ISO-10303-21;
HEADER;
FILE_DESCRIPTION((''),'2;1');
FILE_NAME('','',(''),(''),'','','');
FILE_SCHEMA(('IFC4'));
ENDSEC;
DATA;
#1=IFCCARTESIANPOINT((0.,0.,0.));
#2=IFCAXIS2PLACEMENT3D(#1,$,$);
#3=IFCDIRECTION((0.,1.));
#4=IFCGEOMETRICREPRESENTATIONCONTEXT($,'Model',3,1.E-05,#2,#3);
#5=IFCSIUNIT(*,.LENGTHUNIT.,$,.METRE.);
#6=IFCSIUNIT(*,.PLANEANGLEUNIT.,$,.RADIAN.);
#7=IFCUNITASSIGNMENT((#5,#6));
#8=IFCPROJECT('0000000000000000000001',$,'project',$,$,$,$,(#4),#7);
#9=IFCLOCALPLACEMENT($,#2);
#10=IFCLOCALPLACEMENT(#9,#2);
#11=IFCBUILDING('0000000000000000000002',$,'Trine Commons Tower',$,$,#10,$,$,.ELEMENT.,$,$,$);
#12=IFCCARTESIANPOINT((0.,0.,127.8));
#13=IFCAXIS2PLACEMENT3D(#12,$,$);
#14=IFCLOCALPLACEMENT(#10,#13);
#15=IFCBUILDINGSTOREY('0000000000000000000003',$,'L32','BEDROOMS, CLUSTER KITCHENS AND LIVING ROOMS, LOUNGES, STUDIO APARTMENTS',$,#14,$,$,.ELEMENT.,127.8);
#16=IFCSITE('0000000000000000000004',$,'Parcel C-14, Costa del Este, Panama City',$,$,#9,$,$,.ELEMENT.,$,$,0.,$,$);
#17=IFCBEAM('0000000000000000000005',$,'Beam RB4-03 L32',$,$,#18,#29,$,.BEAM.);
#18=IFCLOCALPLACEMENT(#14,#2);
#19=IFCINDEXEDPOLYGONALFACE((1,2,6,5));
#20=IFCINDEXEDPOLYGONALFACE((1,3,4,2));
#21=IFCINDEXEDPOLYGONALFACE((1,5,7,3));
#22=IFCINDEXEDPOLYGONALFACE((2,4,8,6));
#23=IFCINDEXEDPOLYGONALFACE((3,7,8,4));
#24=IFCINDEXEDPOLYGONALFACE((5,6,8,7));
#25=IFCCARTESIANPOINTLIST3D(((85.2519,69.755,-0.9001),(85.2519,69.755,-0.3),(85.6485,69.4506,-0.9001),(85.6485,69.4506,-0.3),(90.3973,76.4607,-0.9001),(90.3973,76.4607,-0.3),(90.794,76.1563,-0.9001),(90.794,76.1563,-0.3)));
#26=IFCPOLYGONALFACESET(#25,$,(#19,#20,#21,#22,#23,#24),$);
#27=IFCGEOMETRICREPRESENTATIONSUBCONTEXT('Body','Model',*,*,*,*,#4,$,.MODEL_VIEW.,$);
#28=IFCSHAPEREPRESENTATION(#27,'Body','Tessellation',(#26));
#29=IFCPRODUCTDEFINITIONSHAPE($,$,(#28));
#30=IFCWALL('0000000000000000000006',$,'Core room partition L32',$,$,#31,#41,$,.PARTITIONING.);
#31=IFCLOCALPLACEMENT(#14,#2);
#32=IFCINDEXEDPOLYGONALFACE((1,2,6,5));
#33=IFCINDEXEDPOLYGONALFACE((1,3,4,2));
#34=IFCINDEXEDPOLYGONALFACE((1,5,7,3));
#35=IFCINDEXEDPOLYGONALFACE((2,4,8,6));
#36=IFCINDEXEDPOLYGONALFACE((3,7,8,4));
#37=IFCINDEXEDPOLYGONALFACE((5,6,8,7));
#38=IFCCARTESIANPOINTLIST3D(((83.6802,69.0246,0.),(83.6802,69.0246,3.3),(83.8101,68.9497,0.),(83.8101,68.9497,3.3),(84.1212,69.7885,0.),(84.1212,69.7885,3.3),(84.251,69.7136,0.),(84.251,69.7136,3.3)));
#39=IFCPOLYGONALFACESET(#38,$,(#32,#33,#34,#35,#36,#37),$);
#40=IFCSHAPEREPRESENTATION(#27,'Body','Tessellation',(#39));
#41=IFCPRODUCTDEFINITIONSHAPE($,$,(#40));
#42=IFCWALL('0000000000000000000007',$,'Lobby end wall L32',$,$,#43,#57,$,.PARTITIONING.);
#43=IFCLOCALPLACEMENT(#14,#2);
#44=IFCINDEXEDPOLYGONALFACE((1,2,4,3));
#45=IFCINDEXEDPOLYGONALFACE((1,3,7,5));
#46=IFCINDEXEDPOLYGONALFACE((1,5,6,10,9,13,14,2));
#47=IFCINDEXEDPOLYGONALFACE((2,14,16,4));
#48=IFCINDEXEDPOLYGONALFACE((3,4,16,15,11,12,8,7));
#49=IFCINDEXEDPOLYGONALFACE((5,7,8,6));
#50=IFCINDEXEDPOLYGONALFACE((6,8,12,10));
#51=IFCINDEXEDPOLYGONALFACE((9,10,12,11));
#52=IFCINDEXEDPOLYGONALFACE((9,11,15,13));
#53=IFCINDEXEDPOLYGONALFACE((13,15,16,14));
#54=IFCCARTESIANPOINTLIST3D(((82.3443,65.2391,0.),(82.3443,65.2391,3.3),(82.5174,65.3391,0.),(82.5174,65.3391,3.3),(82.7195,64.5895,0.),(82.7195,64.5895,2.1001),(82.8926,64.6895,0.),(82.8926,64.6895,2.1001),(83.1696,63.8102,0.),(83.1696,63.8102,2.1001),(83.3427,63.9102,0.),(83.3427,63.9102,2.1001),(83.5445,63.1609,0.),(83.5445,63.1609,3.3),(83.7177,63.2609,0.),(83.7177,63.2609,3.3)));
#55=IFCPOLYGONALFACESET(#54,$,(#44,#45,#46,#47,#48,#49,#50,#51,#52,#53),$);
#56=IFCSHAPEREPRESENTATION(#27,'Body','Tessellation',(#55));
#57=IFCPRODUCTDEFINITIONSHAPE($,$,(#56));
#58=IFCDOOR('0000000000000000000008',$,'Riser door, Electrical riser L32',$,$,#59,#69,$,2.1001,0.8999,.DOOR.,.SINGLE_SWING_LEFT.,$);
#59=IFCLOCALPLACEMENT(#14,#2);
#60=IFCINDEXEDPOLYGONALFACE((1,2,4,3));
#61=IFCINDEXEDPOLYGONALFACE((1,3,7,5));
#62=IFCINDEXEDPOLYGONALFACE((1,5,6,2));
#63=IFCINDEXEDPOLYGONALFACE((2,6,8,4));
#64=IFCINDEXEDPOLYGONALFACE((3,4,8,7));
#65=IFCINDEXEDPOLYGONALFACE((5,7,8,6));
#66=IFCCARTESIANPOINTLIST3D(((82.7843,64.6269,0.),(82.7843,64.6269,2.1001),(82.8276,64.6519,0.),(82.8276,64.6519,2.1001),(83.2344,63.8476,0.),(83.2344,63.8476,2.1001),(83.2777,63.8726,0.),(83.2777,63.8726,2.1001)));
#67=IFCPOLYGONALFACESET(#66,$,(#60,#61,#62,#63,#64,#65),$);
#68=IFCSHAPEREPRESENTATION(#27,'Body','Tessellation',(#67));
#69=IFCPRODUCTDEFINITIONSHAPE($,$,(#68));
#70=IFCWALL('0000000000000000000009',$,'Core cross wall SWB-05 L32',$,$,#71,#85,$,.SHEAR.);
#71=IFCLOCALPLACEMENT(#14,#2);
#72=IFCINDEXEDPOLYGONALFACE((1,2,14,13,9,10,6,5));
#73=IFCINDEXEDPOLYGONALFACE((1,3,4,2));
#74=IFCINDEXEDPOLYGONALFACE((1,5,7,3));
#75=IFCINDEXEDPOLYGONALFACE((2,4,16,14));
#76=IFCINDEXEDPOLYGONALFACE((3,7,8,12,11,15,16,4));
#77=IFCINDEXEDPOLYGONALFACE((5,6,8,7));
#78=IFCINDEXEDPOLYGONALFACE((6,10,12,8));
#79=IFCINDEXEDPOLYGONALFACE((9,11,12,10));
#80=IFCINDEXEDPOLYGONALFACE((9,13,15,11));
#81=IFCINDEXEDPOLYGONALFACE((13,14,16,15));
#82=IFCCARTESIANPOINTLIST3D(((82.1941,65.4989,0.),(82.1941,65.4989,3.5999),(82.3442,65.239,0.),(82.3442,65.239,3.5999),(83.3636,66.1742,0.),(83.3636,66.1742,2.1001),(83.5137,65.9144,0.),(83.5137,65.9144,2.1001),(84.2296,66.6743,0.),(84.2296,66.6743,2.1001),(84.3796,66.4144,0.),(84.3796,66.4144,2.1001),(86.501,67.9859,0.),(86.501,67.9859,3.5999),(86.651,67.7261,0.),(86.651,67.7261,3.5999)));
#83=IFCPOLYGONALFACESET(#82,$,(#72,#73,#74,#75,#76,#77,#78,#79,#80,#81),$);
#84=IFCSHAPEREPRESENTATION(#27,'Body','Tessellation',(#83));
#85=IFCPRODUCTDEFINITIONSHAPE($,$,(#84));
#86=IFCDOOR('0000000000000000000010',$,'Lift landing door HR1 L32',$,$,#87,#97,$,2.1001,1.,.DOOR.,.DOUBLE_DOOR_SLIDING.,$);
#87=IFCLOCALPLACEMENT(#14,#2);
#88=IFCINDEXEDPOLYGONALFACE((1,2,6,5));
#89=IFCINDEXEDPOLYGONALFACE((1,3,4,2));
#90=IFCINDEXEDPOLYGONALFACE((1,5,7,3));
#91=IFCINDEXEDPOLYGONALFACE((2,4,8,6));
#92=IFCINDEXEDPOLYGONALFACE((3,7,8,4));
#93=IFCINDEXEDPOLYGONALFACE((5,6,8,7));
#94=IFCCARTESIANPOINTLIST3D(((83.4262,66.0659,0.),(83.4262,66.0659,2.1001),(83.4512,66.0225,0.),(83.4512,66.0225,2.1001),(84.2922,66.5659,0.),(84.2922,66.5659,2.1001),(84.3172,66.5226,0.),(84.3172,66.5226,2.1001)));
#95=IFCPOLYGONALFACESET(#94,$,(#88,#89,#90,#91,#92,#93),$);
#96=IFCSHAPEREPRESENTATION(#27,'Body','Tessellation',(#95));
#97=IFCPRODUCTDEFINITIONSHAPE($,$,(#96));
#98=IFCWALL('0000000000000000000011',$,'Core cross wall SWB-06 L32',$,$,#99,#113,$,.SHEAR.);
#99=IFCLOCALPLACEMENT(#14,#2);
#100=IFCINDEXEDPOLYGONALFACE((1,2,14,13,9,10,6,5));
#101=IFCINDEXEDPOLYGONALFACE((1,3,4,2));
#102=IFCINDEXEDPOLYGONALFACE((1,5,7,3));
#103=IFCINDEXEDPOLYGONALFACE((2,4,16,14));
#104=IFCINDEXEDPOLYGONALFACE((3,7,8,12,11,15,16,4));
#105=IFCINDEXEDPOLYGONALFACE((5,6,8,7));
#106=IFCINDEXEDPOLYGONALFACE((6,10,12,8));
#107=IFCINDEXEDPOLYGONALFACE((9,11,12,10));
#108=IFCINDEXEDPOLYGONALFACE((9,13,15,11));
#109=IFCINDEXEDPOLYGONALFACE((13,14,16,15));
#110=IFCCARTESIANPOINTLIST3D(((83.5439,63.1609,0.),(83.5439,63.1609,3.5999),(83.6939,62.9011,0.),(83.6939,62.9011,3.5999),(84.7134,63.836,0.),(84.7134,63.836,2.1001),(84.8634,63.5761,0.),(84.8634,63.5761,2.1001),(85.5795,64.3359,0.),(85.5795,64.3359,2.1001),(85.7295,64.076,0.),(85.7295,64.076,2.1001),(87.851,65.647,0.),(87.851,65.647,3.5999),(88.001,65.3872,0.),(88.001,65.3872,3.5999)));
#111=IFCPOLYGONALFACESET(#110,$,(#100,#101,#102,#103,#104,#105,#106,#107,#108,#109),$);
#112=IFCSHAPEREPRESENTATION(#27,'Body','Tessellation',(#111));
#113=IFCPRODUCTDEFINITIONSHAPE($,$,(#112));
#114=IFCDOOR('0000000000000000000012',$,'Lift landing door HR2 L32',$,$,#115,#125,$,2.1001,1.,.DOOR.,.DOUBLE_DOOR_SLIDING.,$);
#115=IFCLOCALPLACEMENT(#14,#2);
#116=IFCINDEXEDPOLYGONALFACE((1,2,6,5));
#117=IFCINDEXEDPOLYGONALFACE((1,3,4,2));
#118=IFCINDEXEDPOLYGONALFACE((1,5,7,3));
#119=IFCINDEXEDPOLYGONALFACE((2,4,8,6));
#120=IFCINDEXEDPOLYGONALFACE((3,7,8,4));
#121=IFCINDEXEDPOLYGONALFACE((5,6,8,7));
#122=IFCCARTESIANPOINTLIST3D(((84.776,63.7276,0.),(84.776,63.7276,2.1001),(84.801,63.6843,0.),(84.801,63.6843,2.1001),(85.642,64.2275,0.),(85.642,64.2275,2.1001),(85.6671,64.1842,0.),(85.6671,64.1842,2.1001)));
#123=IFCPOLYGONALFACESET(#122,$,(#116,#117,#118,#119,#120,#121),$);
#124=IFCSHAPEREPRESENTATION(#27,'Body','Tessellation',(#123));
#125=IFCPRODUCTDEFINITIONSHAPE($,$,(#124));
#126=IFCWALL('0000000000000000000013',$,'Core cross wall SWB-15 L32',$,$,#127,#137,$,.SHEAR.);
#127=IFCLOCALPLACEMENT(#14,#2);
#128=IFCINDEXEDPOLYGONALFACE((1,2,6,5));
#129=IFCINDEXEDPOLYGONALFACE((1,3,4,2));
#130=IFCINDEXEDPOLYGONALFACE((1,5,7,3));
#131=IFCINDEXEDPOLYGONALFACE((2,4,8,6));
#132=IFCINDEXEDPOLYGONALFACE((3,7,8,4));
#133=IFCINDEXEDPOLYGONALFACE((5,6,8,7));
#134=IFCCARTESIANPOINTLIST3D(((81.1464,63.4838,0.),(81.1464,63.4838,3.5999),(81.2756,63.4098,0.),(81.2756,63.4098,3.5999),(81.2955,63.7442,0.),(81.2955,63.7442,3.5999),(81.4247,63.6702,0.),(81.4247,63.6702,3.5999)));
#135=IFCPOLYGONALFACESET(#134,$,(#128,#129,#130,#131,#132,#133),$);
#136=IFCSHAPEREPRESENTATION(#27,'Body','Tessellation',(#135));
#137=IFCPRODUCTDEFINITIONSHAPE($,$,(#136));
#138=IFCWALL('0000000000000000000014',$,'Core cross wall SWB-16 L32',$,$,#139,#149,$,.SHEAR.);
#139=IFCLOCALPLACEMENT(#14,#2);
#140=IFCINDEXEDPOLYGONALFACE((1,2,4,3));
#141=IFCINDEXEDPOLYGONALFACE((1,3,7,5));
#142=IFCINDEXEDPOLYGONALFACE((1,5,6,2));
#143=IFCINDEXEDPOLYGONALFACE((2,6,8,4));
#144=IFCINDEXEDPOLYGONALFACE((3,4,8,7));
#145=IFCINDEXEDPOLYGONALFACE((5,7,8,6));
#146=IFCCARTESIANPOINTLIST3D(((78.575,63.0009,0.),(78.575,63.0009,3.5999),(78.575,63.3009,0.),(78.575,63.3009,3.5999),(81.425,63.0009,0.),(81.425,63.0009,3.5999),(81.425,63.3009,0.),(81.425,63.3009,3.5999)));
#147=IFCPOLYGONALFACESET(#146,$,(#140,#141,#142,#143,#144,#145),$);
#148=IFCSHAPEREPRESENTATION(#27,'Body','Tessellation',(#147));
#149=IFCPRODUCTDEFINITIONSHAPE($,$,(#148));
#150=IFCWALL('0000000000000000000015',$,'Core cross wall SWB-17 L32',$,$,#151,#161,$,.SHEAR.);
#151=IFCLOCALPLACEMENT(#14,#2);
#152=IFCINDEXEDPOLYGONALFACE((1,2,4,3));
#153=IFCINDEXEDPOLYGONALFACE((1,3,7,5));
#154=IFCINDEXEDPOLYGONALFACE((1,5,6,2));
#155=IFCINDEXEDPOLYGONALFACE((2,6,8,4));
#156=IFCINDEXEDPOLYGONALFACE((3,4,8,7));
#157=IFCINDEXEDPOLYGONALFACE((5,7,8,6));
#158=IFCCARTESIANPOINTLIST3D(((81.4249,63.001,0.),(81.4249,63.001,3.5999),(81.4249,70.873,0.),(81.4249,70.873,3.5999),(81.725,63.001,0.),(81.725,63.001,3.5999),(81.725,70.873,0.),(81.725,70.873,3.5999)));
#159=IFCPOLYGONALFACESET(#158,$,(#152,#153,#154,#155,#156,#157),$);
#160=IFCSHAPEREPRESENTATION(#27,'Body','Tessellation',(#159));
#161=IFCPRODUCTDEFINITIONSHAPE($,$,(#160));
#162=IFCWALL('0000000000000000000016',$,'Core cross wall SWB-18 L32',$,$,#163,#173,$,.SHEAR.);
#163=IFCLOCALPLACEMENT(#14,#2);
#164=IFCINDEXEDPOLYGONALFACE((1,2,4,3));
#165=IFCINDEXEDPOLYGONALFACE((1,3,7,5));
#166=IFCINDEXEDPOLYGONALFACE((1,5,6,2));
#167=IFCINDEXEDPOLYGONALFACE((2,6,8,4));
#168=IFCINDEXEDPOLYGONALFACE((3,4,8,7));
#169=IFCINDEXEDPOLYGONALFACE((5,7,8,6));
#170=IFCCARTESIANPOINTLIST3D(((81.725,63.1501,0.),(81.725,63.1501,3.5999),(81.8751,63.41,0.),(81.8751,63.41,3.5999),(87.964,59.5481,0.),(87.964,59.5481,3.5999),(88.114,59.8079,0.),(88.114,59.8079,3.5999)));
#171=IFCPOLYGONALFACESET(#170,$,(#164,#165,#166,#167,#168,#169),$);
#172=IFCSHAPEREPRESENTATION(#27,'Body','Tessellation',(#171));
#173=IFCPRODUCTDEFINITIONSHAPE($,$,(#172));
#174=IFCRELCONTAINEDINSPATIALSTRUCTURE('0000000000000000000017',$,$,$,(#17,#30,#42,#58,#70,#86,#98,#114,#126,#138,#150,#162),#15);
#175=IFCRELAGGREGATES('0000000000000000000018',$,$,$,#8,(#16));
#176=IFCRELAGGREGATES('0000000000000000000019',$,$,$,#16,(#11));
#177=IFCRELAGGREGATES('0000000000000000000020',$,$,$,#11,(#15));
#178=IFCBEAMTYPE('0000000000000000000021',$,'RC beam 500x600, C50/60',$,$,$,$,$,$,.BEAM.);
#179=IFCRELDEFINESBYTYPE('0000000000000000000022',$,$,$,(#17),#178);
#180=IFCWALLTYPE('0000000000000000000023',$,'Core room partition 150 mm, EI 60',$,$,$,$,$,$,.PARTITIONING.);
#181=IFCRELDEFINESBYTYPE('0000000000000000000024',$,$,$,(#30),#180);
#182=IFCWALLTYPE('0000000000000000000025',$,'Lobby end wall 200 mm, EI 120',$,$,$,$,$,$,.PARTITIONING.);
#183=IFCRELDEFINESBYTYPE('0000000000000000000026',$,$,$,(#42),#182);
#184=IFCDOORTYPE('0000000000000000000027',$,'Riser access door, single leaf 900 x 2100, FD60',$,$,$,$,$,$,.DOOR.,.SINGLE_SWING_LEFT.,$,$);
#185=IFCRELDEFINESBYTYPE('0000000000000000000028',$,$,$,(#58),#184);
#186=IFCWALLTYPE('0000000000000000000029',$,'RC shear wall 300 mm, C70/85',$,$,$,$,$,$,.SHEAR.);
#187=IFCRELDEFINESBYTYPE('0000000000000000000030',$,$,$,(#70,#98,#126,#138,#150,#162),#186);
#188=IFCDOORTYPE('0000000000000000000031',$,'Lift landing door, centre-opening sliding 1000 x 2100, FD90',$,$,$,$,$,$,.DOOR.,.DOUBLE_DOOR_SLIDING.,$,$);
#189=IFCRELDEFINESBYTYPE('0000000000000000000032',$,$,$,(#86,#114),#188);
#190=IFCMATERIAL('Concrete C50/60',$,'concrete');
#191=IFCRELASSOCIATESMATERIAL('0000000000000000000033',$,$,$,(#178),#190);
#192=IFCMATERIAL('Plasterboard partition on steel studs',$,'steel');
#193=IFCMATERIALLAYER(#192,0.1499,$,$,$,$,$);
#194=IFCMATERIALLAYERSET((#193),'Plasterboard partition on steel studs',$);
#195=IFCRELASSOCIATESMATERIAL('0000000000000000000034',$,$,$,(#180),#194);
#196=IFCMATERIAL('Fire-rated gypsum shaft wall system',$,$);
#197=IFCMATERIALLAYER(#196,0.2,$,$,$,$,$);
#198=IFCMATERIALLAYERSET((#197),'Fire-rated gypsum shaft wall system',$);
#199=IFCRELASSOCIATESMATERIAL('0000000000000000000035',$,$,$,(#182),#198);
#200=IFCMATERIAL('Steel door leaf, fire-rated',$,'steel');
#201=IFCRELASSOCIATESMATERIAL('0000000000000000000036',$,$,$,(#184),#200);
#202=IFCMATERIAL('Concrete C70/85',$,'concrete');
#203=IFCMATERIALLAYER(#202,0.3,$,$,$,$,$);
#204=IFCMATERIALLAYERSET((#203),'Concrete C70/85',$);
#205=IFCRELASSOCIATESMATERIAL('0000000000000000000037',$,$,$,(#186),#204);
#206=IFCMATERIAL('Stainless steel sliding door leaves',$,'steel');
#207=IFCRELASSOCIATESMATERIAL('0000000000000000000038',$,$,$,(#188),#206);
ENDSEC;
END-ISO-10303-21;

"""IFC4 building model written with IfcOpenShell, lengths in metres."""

from ifc_helpers import new_model, si_unit, direction, frame, frame_2d, origin, origin_2d, place, context, subcontext, project, spatial, rectangle, extrude, material, layer, layer_set, material_profile, profile_set, type_object, element, fill, save


model = new_model("IFC4")

# Units and contexts
model_context = context("Model", 3, precision=1e-05, world=origin(), true_north=direction((0.0, 1.0)))
body_context = subcontext(model_context, "Body", "Model", "MODEL_VIEW")
ifc_project = project(units=[si_unit("LENGTHUNIT", "METRE"), si_unit("PLANEANGLEUNIT", "RADIAN")], contexts=[model_context])

# Site, building, storey
site_placement = place(None, origin())
site = spatial("IfcSite", under=ifc_project, at=site_placement, Name="Parcel C-14, Costa del Este, Panama City", CompositionType="ELEMENT", RefElevation=0.0)
building_placement = place(site_placement, origin())
building = spatial("IfcBuilding", under=site, at=building_placement, Name="Trine Commons Tower", CompositionType="ELEMENT")
storey_placement = place(building_placement, frame((0.0, 0.0, 127.8)))
storey = spatial("IfcBuildingStorey", under=building, at=storey_placement, Name="L32", Description="BEDROOMS, CLUSTER KITCHENS AND LIVING ROOMS, LOUNGES, STUDIO APARTMENTS", CompositionType="ELEMENT", Elevation=127.8)

# Beam
ifc_material_1 = material(Name="Concrete C50/60", Category="concrete")
ifc_material_profile = material_profile(ifc_material_1, rectangle(XDim=0.5, YDim=0.6001, at=origin_2d()), Name="RC 500x600")
ifc_profile_set = profile_set([ifc_material_profile], Name="Concrete C50/60")
beam_type = type_object("IfcBeamType", Name="RC beam 500x600, C50/60", PredefinedType="BEAM", material=ifc_profile_set)
beam_placement = place(storey_placement, frame((85.4502, 69.6028, -0.6001), z_axis=(0.608758, 0.793356, 0.0), x_axis=(-0.793356, 0.608758, 0.0)))
element("IfcBeam", 1, at=beam_placement, inside=storey, type_object=beam_type, Name="Beam RB4-03 L32", PredefinedType="BEAM", context=body_context, shape_type="SweptSolid", body=[
    extrude(rectangle(XDim=0.5, YDim=0.6001, at=origin_2d()), origin(), (0.0, 0.0, 1.0), 8.4524),
])

# Wall
ifc_material_2 = material(Name="Plasterboard partition on steel studs", Category="steel")
ifc_layer_1 = layer(ifc_material_2, 0.1499)
ifc_layer_set_1 = layer_set([ifc_layer_1], Name="Plasterboard partition on steel studs")
wall_type_1 = type_object("IfcWallType", Name="Core room partition 150 mm, EI 60", PredefinedType="PARTITIONING", material=ifc_layer_set_1)
wall_1_placement = place(storey_placement, frame((84.186, 69.751, 0.0), z_axis=(0.0, 0.0, 1.0), x_axis=(-0.49989, -0.866089, 0.0)))
element("IfcWall", 2, at=wall_1_placement, inside=storey, type_object=wall_type_1, Name="Core room partition L32", PredefinedType="PARTITIONING", context=body_context, shape_type="SweptSolid", body=[
    extrude(rectangle(XDim=0.8821, YDim=0.1499, at=frame_2d((0.4409, 0.0))), origin(), (0.0, 0.0, 1.0), 3.3),
])

# Walls, openings, doors
ifc_material_3 = material(Name="Fire-rated gypsum shaft wall system")
ifc_layer_2 = layer(ifc_material_3, 0.2)
ifc_layer_set_2 = layer_set([ifc_layer_2], Name="Fire-rated gypsum shaft wall system")
wall_type_2 = type_object("IfcWallType", Name="Lobby end wall 200 mm, EI 120", PredefinedType="PARTITIONING", material=ifc_layer_set_2)
wall_2_placement = place(storey_placement, frame((83.6311, 63.2109, 0.0), z_axis=(0.0, 0.0, 1.0), x_axis=(-0.500122, 0.865955, 0.0)))
wall_2 = element("IfcWall", 3, at=wall_2_placement, inside=storey, type_object=wall_type_2, Name="Lobby end wall L32", PredefinedType="PARTITIONING", context=body_context, shape_type="SweptSolid", body=[
    extrude(rectangle(XDim=2.3999, YDim=0.2, at=frame_2d((1.2, 0.0))), origin(), (0.0, 0.0, 1.0), 3.3),
])
opening_1_placement = place(wall_2_placement, frame((0.7498, 0.0, 0.0)))
opening_1 = element("IfcOpeningElement", 4, at=opening_1_placement, cuts=wall_2, PredefinedType="OPENING", context=body_context, shape_type="SweptSolid", body=[
    extrude(rectangle(XDim=0.8999, YDim=2.1001, at=frame_2d((0.45, 1.05))), frame((0.0, 0.1099, 0.0), z_axis=(0.0, -1.0, 0.0), x_axis=(1.0, 0.0, 0.0)), (0.0, 0.0, 1.0), 0.22),
])
ifc_material_4 = material(Name="Steel door leaf, fire-rated", Category="steel")
door_type_1 = type_object("IfcDoorType", Name="Riser access door, single leaf 900 x 2100, FD60", OperationType="SINGLE_SWING_LEFT", PredefinedType="DOOR", material=ifc_material_4)
door_1_placement = place(opening_1_placement, frame((0.8999, 0.0, 0.0), z_axis=(0.0, 0.0, 1.0), x_axis=(-1.0, 0.0, 0.0)))
door_1 = element("IfcDoor", 5, at=door_1_placement, inside=storey, type_object=door_type_1, Name="Riser door, Electrical riser L32", OperationType="SINGLE_SWING_LEFT", OverallHeight=2.1001, OverallWidth=0.8999, PredefinedType="DOOR", context=body_context, shape_type="SweptSolid", body=[
    extrude(rectangle(XDim=0.8999, YDim=2.1001, at=frame_2d((0.45, 1.05))), frame((0.0, 0.0249, 0.0), z_axis=(0.0, -1.0, 0.0), x_axis=(1.0, 0.0, 0.0)), (0.0, 0.0, 1.0), 0.05),
])
fill(opening_1, door_1)
ifc_material_5 = material(Name="Concrete C70/85", Category="concrete")
ifc_layer_3 = layer(ifc_material_5, 0.3)
ifc_layer_set_3 = layer_set([ifc_layer_3], Name="Concrete C70/85")
wall_type_3 = type_object("IfcWallType", Name="RC shear wall 300 mm, C70/85", PredefinedType="SHEAR", material=ifc_layer_set_3)
wall_3_placement = place(storey_placement, frame((82.269, 65.3689, 0.0), z_axis=(0.0, 0.0, 1.0), x_axis=(0.865984, 0.500072, 0.0)))
wall_3 = element("IfcWall", 6, at=wall_3_placement, inside=storey, type_object=wall_type_3, Name="Core cross wall SWB-05 L32", PredefinedType="SHEAR", context=body_context, shape_type="SweptSolid", body=[
    extrude(rectangle(XDim=4.9734, YDim=0.3, at=frame_2d((2.4868, 0.0))), origin(), (0.0, 0.0, 1.0), 3.5999),
])
opening_2_placement = place(wall_3_placement, frame((1.3506, 0.0, 0.0)))
opening_2 = element("IfcOpeningElement", 7, at=opening_2_placement, cuts=wall_3, PredefinedType="OPENING", context=body_context, shape_type="SweptSolid", body=[
    extrude(rectangle(XDim=1.0, YDim=2.1001, at=frame_2d((0.5, 1.05))), frame((0.0, 0.1599, 0.0), z_axis=(0.0, -1.0, 0.0), x_axis=(1.0, 0.0, 0.0)), (0.0, 0.0, 1.0), 0.3201),
])
ifc_material_6 = material(Name="Stainless steel sliding door leaves", Category="steel")
door_type_2 = type_object("IfcDoorType", Name="Lift landing door, centre-opening sliding 1000 x 2100, FD90", OperationType="DOUBLE_DOOR_SLIDING", PredefinedType="DOOR", material=ifc_material_6)
door_2_placement = place(opening_2_placement, origin())
door_2 = element("IfcDoor", 8, at=door_2_placement, inside=storey, type_object=door_type_2, Name="Lift landing door HR1 L32", OperationType="DOUBLE_DOOR_SLIDING", OverallHeight=2.1001, OverallWidth=1.0, PredefinedType="DOOR", context=body_context, shape_type="SweptSolid", body=[
    extrude(rectangle(XDim=1.0, YDim=2.1001, at=frame_2d((0.5, 1.05))), frame((0.0, 0.0249, 0.0), z_axis=(0.0, -1.0, 0.0), x_axis=(1.0, 0.0, 0.0)), (0.0, 0.0, 1.0), 0.05),
])
fill(opening_2, door_2)
wall_4_placement = place(storey_placement, frame((83.6189, 63.031, 0.0), z_axis=(0.0, 0.0, 1.0), x_axis=(0.866081, 0.499904, 0.0)))
wall_4 = element("IfcWall", 9, at=wall_4_placement, inside=storey, type_object=wall_type_3, Name="Core cross wall SWB-06 L32", PredefinedType="SHEAR", context=body_context, shape_type="SweptSolid", body=[
    extrude(rectangle(XDim=4.9731, YDim=0.3, at=frame_2d((2.4866, 0.0))), origin(), (0.0, 0.0, 1.0), 3.5999),
])
opening_3_placement = place(wall_4_placement, frame((1.3503, 0.0, 0.0)))
opening_3 = element("IfcOpeningElement", 10, at=opening_3_placement, cuts=wall_4, PredefinedType="OPENING", context=body_context, shape_type="SweptSolid", body=[
    extrude(rectangle(XDim=1.0, YDim=2.1001, at=frame_2d((0.5, 1.05))), frame((0.0, 0.1599, 0.0), z_axis=(0.0, -1.0, 0.0), x_axis=(1.0, 0.0, 0.0)), (0.0, 0.0, 1.0), 0.3201),
])
door_3_placement = place(opening_3_placement, origin())
door_3 = element("IfcDoor", 11, at=door_3_placement, inside=storey, type_object=door_type_2, Name="Lift landing door HR2 L32", OperationType="DOUBLE_DOOR_SLIDING", OverallHeight=2.1001, OverallWidth=1.0, PredefinedType="DOOR", context=body_context, shape_type="SweptSolid", body=[
    extrude(rectangle(XDim=1.0, YDim=2.1001, at=frame_2d((0.5, 1.05))), frame((0.0, 0.0249, 0.0), z_axis=(0.0, -1.0, 0.0), x_axis=(1.0, 0.0, 0.0)), (0.0, 0.0, 1.0), 0.05),
])
fill(opening_3, door_3)

# Walls
wall_5_placement = place(storey_placement, frame((81.2209, 63.614, 0.0), z_axis=(0.0, 0.0, 1.0), x_axis=(0.867738, -0.497022, 0.0)))
element("IfcWall", 12, at=wall_5_placement, inside=storey, type_object=wall_type_3, Name="Core cross wall SWB-15 L32", PredefinedType="SHEAR", context=body_context, shape_type="SweptSolid", body=[
    extrude(rectangle(XDim=0.1489, YDim=0.3, at=frame_2d((0.0745, 0.0))), origin(), (0.0, 0.0, 1.0), 3.5999),
])
wall_6_placement = place(storey_placement, frame((81.425, 63.1509, 0.0), z_axis=(0.0, 0.0, 1.0), x_axis=(-1.0, 0.0, 0.0)))
element("IfcWall", 13, at=wall_6_placement, inside=storey, type_object=wall_type_3, Name="Core cross wall SWB-16 L32", PredefinedType="SHEAR", context=body_context, shape_type="SweptSolid", body=[
    extrude(rectangle(XDim=2.8501, YDim=0.3, at=frame_2d((1.425, 0.0))), origin(), (0.0, 0.0, 1.0), 3.5999),
])
wall_7_placement = place(storey_placement, frame((81.575, 63.001, 0.0), z_axis=(0.0, 0.0, 1.0), x_axis=(0.0, 1.0, 0.0)))
element("IfcWall", 14, at=wall_7_placement, inside=storey, type_object=wall_type_3, Name="Core cross wall SWB-17 L32", PredefinedType="SHEAR", context=body_context, shape_type="SweptSolid", body=[
    extrude(rectangle(XDim=7.8721, YDim=0.3, at=frame_2d((3.936, 0.0))), origin(), (0.0, 0.0, 1.0), 3.5999),
])
wall_8_placement = place(storey_placement, frame((81.8, 63.28, 0.0), z_axis=(0.0, 0.0, 1.0), x_axis=(0.866028, -0.499995, 0.0)))
element("IfcWall", 15, at=wall_8_placement, inside=storey, type_object=wall_type_3, Name="Core cross wall SWB-18 L32", PredefinedType="SHEAR", context=body_context, shape_type="SweptSolid", body=[
    extrude(rectangle(XDim=7.2041, YDim=0.3, at=frame_2d((3.6021, 0.0))), origin(), (0.0, 0.0, 1.0), 3.5999),
])

save(model, "model.ifc")
